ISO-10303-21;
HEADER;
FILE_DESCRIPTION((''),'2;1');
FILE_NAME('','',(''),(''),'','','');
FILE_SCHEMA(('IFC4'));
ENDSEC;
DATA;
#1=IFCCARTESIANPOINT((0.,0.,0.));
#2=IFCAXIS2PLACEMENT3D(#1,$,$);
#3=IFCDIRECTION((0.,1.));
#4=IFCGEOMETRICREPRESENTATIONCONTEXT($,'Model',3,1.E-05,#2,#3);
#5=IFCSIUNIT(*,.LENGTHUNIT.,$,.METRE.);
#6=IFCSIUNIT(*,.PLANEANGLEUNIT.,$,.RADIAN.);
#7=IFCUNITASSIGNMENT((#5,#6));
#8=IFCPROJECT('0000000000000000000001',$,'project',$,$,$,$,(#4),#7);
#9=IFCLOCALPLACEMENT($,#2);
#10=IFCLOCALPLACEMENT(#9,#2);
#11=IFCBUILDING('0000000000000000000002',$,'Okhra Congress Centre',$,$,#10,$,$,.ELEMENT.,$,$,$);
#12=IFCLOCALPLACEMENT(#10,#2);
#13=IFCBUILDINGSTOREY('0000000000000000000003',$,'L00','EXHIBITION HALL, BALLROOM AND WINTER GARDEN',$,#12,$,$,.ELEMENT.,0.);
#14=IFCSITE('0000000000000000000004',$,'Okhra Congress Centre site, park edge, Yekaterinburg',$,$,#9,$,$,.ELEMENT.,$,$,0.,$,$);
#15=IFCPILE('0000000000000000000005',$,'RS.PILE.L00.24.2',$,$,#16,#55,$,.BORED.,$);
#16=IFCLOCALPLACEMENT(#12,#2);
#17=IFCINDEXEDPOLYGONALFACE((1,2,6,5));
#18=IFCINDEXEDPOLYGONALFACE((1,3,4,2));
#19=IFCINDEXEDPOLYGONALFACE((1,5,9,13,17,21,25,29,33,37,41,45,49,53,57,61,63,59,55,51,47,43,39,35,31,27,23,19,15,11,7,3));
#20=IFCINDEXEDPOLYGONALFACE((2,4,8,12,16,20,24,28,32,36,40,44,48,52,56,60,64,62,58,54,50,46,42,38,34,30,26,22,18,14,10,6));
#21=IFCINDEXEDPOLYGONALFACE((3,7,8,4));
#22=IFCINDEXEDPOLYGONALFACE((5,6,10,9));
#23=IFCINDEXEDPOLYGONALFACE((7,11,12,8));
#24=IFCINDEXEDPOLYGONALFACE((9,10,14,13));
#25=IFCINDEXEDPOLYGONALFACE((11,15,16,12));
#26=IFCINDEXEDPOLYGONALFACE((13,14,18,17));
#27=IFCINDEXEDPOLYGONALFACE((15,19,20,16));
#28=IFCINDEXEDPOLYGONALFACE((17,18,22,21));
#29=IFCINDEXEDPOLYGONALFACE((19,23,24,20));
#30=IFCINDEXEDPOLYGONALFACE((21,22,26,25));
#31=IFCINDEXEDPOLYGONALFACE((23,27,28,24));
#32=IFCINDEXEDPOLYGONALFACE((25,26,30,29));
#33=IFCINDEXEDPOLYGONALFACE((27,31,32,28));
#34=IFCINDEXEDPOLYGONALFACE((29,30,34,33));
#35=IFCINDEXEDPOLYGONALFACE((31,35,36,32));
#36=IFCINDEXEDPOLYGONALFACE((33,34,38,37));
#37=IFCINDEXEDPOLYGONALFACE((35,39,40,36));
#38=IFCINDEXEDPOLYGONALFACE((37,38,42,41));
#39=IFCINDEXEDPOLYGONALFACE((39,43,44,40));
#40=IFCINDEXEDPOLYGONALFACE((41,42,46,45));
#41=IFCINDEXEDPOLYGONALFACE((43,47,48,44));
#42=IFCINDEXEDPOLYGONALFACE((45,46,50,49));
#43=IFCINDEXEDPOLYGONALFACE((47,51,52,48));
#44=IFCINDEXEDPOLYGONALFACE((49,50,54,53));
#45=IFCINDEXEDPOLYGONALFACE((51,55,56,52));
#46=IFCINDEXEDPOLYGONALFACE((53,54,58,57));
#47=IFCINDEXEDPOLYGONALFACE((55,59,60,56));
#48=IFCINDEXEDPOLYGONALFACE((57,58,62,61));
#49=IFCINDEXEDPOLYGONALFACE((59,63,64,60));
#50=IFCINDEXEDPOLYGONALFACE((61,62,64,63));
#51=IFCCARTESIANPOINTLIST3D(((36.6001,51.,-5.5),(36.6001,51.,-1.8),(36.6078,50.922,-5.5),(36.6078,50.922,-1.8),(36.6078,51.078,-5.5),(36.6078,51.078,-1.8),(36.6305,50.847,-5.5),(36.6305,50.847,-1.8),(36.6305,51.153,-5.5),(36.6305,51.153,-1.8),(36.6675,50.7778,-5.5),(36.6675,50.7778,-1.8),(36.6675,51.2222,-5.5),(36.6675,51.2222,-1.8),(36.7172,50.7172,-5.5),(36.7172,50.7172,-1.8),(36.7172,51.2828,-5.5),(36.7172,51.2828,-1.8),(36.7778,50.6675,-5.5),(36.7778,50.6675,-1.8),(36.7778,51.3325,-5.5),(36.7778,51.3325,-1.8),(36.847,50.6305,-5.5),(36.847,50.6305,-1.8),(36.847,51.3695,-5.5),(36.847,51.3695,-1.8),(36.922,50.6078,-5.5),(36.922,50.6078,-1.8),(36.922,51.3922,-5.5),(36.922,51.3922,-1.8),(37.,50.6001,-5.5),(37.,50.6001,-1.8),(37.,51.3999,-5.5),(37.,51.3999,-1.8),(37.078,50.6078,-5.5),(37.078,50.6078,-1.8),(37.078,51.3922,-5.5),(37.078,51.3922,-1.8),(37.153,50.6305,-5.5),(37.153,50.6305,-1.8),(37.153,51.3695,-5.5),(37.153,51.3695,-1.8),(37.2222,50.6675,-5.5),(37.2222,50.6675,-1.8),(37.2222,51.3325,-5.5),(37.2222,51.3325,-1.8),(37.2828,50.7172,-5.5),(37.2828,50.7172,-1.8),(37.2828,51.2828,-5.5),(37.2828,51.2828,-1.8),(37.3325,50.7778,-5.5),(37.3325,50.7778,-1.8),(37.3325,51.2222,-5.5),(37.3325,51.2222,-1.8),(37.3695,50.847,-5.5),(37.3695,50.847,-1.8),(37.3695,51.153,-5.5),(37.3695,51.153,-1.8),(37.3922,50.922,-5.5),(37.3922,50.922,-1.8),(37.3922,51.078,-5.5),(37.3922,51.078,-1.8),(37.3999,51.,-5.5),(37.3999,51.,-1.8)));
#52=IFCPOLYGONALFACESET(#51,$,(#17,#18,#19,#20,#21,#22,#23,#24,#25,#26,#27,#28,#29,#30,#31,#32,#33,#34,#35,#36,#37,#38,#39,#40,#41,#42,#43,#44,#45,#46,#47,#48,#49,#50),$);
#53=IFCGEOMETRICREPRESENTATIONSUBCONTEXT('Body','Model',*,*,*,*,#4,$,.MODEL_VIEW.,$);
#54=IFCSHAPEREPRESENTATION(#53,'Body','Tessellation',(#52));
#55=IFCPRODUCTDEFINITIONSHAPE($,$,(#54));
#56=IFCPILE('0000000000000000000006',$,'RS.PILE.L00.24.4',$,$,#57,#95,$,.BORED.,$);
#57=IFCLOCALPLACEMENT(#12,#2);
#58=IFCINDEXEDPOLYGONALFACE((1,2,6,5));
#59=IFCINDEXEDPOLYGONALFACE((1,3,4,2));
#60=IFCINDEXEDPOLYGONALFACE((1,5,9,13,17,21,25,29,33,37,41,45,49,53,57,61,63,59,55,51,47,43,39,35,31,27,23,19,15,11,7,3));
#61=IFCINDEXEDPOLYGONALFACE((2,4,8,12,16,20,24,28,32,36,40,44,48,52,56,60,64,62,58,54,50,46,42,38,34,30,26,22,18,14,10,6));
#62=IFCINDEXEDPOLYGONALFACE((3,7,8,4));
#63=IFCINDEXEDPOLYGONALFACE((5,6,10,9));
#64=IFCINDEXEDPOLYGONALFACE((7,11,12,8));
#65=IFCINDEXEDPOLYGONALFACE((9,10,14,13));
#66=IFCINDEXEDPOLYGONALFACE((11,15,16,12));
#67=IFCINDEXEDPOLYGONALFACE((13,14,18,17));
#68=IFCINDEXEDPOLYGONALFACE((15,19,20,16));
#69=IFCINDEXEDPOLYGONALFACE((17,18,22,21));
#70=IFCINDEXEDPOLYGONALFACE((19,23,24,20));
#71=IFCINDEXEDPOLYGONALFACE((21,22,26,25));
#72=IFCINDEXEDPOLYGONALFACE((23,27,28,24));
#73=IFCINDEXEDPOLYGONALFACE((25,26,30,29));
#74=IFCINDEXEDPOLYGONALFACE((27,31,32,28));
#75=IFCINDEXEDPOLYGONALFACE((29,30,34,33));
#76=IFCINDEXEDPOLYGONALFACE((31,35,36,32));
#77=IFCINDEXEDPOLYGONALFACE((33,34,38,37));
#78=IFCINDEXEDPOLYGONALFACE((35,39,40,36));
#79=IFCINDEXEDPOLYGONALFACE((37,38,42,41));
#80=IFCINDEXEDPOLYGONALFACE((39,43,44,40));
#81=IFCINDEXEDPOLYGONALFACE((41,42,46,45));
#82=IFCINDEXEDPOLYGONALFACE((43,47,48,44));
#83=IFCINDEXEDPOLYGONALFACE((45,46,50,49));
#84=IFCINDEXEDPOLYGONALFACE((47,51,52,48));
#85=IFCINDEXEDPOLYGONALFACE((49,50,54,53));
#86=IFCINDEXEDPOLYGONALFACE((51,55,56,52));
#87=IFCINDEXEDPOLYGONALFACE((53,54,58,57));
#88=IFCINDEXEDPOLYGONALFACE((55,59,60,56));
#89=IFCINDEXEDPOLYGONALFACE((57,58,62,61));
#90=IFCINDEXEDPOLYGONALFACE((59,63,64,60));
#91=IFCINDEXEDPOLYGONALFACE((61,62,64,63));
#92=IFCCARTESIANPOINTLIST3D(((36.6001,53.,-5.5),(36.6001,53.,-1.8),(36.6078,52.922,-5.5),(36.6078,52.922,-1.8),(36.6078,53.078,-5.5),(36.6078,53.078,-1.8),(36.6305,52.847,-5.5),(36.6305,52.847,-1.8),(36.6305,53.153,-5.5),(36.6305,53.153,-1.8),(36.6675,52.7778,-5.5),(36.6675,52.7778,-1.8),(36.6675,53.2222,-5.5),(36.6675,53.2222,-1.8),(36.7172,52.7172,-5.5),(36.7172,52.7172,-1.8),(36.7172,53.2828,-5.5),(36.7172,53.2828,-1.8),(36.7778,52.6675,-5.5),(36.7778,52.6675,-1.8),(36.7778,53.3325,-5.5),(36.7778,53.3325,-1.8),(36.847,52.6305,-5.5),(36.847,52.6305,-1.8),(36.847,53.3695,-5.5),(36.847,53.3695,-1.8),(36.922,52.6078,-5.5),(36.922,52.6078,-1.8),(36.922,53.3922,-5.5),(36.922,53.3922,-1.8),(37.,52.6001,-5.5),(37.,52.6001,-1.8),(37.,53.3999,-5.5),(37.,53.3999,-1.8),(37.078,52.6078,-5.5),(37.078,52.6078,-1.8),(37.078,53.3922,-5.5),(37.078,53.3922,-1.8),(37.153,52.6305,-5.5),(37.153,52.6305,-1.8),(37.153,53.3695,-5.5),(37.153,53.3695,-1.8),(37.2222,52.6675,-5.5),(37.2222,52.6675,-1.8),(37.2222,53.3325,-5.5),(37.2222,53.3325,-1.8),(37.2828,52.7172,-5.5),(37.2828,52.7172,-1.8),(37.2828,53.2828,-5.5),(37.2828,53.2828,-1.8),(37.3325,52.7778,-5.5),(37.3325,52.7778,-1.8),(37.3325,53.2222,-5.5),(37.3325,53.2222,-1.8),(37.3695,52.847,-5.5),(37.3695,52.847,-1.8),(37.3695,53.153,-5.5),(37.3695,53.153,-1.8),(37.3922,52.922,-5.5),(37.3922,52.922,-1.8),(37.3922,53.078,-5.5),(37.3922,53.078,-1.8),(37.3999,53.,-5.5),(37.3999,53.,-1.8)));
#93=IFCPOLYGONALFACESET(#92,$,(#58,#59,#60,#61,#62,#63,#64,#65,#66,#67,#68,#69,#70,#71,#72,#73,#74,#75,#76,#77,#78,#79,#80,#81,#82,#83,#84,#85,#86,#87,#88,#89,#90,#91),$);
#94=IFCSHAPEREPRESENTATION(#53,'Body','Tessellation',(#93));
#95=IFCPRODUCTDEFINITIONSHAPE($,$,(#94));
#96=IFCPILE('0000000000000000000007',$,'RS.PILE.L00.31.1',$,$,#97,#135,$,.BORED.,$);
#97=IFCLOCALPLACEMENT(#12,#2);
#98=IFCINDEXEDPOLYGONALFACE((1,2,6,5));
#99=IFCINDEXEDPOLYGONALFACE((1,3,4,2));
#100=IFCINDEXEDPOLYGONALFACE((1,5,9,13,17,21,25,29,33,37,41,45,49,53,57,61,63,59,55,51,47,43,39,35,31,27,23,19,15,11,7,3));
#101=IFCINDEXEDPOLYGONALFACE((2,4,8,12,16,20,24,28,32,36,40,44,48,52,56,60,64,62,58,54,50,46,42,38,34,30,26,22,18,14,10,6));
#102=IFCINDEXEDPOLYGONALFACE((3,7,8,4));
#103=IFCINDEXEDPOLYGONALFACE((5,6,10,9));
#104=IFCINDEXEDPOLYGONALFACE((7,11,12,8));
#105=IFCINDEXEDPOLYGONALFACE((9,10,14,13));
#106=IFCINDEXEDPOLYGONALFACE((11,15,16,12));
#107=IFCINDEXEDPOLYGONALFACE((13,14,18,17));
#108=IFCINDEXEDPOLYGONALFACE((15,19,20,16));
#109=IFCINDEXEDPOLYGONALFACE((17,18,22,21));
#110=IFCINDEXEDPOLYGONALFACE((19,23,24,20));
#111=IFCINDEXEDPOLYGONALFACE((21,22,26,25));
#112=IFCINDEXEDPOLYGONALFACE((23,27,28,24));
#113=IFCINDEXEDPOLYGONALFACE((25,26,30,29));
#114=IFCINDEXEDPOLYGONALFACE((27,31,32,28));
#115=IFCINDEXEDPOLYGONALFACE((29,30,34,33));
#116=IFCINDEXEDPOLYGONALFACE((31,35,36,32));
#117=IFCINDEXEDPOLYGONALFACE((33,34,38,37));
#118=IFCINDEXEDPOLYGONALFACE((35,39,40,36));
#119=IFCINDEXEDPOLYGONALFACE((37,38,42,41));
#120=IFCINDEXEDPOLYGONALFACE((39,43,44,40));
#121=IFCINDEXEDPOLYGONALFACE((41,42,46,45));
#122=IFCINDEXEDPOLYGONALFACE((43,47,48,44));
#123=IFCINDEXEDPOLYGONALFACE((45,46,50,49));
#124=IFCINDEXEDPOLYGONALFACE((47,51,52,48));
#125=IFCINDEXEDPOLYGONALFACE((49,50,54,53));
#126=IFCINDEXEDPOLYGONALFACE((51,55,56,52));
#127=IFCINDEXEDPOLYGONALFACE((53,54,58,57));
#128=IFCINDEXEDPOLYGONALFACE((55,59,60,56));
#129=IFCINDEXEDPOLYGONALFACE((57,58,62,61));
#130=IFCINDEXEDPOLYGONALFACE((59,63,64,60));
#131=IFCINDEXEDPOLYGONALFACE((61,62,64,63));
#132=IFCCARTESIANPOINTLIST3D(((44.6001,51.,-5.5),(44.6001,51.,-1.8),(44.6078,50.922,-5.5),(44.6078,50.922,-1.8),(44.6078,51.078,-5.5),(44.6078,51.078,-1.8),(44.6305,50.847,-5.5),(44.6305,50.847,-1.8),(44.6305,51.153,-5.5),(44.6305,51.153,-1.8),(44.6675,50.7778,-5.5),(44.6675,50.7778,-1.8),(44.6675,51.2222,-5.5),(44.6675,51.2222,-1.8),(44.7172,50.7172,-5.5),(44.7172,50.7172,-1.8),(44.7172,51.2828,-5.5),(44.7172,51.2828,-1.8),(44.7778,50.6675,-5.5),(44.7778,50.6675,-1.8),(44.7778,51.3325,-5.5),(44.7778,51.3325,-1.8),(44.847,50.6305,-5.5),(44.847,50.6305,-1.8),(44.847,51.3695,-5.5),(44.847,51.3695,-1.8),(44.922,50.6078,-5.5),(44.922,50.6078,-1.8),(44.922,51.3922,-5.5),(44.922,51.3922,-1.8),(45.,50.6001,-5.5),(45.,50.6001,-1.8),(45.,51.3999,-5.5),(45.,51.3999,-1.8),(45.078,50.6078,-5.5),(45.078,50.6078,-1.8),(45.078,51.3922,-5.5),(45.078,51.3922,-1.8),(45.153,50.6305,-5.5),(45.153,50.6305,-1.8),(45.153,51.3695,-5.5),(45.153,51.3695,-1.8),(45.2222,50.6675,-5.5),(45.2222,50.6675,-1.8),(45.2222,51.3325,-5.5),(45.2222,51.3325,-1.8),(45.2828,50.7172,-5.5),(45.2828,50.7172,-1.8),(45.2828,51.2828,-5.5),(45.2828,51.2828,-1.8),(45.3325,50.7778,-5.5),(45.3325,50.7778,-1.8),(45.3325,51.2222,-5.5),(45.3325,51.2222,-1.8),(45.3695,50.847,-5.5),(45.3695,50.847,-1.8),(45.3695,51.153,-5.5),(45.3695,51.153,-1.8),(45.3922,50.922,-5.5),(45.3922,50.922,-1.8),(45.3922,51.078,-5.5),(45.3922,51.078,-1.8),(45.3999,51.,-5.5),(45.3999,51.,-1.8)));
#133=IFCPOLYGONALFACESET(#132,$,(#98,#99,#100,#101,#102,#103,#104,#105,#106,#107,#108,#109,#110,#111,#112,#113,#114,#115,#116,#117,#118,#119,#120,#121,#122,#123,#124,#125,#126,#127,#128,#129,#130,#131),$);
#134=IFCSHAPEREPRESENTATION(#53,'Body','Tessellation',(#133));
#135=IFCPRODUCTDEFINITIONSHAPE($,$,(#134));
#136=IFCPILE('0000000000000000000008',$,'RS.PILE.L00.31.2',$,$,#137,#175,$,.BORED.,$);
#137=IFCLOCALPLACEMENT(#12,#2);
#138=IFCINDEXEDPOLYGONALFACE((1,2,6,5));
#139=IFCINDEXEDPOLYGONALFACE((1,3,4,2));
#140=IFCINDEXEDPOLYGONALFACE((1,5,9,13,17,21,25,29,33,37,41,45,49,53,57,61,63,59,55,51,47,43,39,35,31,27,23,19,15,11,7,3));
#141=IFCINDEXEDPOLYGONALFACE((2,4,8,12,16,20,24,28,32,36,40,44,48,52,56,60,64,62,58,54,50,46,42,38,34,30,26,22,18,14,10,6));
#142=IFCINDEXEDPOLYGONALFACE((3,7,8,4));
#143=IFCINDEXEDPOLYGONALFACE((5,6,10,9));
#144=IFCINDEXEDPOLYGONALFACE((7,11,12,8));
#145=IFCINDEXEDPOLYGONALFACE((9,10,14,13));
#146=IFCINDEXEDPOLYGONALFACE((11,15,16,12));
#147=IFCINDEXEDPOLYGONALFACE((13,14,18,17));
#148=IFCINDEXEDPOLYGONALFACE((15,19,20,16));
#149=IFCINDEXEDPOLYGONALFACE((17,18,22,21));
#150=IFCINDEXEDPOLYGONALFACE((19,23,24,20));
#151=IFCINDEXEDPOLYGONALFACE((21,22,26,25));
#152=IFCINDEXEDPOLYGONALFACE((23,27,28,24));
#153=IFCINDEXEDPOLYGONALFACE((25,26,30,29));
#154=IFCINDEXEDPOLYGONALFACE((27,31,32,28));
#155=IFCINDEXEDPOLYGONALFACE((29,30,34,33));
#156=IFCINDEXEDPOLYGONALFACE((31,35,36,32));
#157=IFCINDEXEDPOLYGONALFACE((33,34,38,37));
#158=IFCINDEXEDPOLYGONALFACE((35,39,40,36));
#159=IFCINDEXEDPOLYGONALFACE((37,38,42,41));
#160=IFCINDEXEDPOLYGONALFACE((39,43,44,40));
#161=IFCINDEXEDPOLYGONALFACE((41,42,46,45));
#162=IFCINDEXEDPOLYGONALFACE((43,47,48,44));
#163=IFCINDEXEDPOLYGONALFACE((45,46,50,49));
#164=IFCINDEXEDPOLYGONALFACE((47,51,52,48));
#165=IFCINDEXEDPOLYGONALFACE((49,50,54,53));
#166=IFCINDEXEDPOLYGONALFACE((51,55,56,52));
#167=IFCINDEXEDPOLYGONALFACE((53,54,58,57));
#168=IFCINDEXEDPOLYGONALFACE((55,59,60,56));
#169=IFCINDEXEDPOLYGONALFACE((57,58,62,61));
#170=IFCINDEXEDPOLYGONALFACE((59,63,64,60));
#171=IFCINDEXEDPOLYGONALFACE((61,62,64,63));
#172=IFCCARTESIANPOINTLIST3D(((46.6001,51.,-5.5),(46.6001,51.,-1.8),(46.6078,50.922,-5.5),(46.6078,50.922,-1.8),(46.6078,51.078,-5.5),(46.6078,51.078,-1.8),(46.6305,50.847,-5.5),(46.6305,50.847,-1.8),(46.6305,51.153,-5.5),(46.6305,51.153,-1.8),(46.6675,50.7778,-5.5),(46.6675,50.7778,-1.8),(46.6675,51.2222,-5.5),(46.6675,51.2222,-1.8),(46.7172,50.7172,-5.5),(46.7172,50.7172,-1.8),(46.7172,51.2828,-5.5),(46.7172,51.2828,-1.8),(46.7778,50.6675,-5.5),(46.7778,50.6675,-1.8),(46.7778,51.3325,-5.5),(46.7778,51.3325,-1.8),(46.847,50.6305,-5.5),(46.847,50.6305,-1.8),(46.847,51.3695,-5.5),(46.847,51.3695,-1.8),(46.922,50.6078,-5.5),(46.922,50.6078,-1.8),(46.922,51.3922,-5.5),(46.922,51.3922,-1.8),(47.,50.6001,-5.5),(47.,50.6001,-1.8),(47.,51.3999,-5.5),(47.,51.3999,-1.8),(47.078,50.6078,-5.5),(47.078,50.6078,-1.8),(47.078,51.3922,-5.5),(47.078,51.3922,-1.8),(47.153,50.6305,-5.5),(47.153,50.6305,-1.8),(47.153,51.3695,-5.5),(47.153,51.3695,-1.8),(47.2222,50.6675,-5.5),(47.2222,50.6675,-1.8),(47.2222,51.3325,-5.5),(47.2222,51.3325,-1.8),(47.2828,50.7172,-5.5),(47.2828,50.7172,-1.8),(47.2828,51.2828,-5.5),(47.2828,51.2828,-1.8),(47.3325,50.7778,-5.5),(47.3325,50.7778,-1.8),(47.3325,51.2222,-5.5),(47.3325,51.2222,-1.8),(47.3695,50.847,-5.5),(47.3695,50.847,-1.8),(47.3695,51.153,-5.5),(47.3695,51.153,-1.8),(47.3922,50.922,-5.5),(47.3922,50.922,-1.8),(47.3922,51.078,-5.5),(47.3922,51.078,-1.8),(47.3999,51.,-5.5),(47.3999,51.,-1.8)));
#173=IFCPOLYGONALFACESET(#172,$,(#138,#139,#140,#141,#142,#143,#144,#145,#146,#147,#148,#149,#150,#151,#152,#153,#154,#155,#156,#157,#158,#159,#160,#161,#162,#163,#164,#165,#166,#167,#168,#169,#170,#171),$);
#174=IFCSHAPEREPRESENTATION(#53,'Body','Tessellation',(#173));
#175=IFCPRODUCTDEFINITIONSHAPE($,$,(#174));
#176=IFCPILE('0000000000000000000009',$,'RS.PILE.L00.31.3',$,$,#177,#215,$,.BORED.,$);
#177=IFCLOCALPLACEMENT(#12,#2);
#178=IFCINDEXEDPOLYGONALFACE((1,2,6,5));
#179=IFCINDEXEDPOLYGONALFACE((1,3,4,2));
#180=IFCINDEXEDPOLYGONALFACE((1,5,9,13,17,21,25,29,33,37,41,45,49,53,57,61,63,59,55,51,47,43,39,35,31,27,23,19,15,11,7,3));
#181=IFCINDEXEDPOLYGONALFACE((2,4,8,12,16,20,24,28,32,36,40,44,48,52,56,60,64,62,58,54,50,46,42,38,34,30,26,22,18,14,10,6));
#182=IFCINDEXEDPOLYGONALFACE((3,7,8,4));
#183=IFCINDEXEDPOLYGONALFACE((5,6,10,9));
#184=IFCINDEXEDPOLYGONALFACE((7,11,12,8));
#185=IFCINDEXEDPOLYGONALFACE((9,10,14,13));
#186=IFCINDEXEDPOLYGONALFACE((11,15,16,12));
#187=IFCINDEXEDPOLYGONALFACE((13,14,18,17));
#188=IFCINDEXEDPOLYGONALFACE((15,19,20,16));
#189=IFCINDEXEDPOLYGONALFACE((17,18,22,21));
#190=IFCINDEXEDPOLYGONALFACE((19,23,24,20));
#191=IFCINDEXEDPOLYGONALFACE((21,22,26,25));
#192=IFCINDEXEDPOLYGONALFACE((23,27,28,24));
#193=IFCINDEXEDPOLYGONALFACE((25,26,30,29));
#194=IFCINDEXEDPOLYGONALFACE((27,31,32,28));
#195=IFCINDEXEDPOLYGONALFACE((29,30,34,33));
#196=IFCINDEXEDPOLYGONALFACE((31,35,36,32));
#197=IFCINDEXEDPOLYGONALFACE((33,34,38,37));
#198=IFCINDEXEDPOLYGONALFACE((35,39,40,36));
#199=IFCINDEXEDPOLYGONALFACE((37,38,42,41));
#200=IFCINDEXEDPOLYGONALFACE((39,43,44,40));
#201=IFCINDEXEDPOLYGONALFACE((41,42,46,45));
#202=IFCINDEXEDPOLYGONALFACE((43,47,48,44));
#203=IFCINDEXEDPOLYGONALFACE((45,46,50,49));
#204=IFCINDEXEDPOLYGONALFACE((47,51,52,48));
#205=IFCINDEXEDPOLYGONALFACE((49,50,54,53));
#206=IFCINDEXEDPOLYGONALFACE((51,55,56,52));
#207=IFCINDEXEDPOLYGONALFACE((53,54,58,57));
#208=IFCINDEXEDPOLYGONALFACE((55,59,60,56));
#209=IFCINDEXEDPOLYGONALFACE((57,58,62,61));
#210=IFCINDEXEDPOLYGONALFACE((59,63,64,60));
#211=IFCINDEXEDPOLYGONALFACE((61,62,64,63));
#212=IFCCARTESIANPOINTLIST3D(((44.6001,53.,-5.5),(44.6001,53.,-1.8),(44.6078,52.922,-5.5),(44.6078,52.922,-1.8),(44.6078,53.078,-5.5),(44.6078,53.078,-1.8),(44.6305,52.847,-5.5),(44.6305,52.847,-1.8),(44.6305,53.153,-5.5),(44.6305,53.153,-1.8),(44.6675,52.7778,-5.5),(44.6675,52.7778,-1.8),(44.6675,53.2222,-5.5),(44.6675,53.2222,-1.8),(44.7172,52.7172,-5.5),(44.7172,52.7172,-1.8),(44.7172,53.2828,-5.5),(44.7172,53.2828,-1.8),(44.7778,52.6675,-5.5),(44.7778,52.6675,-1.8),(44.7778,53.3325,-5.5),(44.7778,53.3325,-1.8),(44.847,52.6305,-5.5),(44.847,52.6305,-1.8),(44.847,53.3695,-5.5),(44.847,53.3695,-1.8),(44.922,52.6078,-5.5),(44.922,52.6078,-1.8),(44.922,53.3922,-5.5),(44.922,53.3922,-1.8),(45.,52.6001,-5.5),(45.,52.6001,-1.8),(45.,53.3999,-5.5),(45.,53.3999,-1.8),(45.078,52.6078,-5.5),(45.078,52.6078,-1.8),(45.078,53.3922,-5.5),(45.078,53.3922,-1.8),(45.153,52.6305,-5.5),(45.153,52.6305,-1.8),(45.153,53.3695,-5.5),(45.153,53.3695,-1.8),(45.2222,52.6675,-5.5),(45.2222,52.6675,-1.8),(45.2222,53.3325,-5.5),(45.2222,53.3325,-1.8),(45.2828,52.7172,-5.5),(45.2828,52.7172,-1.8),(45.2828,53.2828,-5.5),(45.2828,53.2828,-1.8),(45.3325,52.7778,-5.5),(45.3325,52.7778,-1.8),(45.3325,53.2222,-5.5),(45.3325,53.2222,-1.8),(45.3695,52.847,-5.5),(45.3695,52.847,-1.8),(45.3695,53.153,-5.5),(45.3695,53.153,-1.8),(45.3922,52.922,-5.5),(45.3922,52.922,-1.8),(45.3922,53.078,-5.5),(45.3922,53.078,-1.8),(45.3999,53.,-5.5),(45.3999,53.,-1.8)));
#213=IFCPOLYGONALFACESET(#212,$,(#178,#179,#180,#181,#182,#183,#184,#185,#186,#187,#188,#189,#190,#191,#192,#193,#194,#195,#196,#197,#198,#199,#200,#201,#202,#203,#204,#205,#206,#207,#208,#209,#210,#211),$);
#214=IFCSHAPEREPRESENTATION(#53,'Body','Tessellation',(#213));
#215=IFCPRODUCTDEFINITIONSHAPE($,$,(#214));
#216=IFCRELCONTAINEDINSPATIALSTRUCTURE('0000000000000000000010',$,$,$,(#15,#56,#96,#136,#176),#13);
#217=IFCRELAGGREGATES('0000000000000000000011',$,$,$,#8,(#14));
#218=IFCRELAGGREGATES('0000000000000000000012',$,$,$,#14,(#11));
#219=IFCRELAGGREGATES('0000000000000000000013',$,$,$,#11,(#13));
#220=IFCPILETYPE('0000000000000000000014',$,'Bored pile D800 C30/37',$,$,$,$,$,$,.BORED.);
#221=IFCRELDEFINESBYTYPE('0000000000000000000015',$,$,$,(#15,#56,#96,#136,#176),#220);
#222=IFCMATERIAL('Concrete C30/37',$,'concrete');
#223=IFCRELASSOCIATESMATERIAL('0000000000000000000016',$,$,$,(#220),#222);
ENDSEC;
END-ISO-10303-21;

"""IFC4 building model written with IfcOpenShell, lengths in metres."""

from ifc_helpers import new_model, si_unit, direction, frame, origin, origin_2d, place, context, subcontext, project, spatial, circle, extrude, material, material_profile, profile_set, type_object, element, save


model = new_model("IFC4")

# Units and contexts
model_context = context("Model", 3, precision=1e-05, world=origin(), true_north=direction((0.0, 1.0)))
body_context = subcontext(model_context, "Body", "Model", "MODEL_VIEW")
ifc_project = project(units=[si_unit("LENGTHUNIT", "METRE"), si_unit("PLANEANGLEUNIT", "RADIAN")], contexts=[model_context])

# Site, building, storey
site_placement = place(None, origin())
site = spatial("IfcSite", under=ifc_project, at=site_placement, Name="Okhra Congress Centre site, park edge, Yekaterinburg", CompositionType="ELEMENT", RefElevation=0.0)
building_placement = place(site_placement, origin())
building = spatial("IfcBuilding", under=site, at=building_placement, Name="Okhra Congress Centre", CompositionType="ELEMENT")
storey_placement = place(building_placement, origin())
storey = spatial("IfcBuildingStorey", under=building, at=storey_placement, Name="L00", Description="EXHIBITION HALL, BALLROOM AND WINTER GARDEN", CompositionType="ELEMENT", Elevation=0.0)

# Piles
ifc_material_1 = material(Name="Concrete C30/37", Category="concrete")
ifc_material_profile_1 = material_profile(ifc_material_1, circle(Radius=0.3999, at=origin_2d()), Name="D800")
ifc_profile_set_1 = profile_set([ifc_material_profile_1], Name="Concrete C30/37")
pile_type = type_object("IfcPileType", Name="Bored pile D800 C30/37", PredefinedType="BORED", material=ifc_profile_set_1)
for number, where, z_axis, x_axis, name in (
    (1, (37.0, 51.0, -1.8), (0.0, 0.0, -1.0), (1.0, 0.0, 0.0), "RS.PILE.L00.24.2"),
    (2, (37.0, 53.0, -1.8), (0.0, 0.0, -1.0), (1.0, 0.0, 0.0), "RS.PILE.L00.24.4"),
    (3, (45.0, 51.0, -1.8), (0.0, 0.0, -1.0), (1.0, 0.0, 0.0), "RS.PILE.L00.31.1"),
    (4, (47.0, 51.0, -1.8), (0.0, 0.0, -1.0), (1.0, 0.0, 0.0), "RS.PILE.L00.31.2"),
    (5, (45.0, 53.0, -1.8), (0.0, 0.0, -1.0), (1.0, 0.0, 0.0), "RS.PILE.L00.31.3"),
):
    element("IfcPile", number, at=place(storey_placement, frame(where, z_axis=z_axis, x_axis=x_axis)), inside=storey, type_object=pile_type, Name=name, PredefinedType="BORED", context=body_context, shape_type="SweptSolid", body=[
        extrude(circle(Radius=0.3999, at=origin_2d()), origin(), (0.0, 0.0, 1.0), 3.7),
    ])

save(model, "model.ifc")
